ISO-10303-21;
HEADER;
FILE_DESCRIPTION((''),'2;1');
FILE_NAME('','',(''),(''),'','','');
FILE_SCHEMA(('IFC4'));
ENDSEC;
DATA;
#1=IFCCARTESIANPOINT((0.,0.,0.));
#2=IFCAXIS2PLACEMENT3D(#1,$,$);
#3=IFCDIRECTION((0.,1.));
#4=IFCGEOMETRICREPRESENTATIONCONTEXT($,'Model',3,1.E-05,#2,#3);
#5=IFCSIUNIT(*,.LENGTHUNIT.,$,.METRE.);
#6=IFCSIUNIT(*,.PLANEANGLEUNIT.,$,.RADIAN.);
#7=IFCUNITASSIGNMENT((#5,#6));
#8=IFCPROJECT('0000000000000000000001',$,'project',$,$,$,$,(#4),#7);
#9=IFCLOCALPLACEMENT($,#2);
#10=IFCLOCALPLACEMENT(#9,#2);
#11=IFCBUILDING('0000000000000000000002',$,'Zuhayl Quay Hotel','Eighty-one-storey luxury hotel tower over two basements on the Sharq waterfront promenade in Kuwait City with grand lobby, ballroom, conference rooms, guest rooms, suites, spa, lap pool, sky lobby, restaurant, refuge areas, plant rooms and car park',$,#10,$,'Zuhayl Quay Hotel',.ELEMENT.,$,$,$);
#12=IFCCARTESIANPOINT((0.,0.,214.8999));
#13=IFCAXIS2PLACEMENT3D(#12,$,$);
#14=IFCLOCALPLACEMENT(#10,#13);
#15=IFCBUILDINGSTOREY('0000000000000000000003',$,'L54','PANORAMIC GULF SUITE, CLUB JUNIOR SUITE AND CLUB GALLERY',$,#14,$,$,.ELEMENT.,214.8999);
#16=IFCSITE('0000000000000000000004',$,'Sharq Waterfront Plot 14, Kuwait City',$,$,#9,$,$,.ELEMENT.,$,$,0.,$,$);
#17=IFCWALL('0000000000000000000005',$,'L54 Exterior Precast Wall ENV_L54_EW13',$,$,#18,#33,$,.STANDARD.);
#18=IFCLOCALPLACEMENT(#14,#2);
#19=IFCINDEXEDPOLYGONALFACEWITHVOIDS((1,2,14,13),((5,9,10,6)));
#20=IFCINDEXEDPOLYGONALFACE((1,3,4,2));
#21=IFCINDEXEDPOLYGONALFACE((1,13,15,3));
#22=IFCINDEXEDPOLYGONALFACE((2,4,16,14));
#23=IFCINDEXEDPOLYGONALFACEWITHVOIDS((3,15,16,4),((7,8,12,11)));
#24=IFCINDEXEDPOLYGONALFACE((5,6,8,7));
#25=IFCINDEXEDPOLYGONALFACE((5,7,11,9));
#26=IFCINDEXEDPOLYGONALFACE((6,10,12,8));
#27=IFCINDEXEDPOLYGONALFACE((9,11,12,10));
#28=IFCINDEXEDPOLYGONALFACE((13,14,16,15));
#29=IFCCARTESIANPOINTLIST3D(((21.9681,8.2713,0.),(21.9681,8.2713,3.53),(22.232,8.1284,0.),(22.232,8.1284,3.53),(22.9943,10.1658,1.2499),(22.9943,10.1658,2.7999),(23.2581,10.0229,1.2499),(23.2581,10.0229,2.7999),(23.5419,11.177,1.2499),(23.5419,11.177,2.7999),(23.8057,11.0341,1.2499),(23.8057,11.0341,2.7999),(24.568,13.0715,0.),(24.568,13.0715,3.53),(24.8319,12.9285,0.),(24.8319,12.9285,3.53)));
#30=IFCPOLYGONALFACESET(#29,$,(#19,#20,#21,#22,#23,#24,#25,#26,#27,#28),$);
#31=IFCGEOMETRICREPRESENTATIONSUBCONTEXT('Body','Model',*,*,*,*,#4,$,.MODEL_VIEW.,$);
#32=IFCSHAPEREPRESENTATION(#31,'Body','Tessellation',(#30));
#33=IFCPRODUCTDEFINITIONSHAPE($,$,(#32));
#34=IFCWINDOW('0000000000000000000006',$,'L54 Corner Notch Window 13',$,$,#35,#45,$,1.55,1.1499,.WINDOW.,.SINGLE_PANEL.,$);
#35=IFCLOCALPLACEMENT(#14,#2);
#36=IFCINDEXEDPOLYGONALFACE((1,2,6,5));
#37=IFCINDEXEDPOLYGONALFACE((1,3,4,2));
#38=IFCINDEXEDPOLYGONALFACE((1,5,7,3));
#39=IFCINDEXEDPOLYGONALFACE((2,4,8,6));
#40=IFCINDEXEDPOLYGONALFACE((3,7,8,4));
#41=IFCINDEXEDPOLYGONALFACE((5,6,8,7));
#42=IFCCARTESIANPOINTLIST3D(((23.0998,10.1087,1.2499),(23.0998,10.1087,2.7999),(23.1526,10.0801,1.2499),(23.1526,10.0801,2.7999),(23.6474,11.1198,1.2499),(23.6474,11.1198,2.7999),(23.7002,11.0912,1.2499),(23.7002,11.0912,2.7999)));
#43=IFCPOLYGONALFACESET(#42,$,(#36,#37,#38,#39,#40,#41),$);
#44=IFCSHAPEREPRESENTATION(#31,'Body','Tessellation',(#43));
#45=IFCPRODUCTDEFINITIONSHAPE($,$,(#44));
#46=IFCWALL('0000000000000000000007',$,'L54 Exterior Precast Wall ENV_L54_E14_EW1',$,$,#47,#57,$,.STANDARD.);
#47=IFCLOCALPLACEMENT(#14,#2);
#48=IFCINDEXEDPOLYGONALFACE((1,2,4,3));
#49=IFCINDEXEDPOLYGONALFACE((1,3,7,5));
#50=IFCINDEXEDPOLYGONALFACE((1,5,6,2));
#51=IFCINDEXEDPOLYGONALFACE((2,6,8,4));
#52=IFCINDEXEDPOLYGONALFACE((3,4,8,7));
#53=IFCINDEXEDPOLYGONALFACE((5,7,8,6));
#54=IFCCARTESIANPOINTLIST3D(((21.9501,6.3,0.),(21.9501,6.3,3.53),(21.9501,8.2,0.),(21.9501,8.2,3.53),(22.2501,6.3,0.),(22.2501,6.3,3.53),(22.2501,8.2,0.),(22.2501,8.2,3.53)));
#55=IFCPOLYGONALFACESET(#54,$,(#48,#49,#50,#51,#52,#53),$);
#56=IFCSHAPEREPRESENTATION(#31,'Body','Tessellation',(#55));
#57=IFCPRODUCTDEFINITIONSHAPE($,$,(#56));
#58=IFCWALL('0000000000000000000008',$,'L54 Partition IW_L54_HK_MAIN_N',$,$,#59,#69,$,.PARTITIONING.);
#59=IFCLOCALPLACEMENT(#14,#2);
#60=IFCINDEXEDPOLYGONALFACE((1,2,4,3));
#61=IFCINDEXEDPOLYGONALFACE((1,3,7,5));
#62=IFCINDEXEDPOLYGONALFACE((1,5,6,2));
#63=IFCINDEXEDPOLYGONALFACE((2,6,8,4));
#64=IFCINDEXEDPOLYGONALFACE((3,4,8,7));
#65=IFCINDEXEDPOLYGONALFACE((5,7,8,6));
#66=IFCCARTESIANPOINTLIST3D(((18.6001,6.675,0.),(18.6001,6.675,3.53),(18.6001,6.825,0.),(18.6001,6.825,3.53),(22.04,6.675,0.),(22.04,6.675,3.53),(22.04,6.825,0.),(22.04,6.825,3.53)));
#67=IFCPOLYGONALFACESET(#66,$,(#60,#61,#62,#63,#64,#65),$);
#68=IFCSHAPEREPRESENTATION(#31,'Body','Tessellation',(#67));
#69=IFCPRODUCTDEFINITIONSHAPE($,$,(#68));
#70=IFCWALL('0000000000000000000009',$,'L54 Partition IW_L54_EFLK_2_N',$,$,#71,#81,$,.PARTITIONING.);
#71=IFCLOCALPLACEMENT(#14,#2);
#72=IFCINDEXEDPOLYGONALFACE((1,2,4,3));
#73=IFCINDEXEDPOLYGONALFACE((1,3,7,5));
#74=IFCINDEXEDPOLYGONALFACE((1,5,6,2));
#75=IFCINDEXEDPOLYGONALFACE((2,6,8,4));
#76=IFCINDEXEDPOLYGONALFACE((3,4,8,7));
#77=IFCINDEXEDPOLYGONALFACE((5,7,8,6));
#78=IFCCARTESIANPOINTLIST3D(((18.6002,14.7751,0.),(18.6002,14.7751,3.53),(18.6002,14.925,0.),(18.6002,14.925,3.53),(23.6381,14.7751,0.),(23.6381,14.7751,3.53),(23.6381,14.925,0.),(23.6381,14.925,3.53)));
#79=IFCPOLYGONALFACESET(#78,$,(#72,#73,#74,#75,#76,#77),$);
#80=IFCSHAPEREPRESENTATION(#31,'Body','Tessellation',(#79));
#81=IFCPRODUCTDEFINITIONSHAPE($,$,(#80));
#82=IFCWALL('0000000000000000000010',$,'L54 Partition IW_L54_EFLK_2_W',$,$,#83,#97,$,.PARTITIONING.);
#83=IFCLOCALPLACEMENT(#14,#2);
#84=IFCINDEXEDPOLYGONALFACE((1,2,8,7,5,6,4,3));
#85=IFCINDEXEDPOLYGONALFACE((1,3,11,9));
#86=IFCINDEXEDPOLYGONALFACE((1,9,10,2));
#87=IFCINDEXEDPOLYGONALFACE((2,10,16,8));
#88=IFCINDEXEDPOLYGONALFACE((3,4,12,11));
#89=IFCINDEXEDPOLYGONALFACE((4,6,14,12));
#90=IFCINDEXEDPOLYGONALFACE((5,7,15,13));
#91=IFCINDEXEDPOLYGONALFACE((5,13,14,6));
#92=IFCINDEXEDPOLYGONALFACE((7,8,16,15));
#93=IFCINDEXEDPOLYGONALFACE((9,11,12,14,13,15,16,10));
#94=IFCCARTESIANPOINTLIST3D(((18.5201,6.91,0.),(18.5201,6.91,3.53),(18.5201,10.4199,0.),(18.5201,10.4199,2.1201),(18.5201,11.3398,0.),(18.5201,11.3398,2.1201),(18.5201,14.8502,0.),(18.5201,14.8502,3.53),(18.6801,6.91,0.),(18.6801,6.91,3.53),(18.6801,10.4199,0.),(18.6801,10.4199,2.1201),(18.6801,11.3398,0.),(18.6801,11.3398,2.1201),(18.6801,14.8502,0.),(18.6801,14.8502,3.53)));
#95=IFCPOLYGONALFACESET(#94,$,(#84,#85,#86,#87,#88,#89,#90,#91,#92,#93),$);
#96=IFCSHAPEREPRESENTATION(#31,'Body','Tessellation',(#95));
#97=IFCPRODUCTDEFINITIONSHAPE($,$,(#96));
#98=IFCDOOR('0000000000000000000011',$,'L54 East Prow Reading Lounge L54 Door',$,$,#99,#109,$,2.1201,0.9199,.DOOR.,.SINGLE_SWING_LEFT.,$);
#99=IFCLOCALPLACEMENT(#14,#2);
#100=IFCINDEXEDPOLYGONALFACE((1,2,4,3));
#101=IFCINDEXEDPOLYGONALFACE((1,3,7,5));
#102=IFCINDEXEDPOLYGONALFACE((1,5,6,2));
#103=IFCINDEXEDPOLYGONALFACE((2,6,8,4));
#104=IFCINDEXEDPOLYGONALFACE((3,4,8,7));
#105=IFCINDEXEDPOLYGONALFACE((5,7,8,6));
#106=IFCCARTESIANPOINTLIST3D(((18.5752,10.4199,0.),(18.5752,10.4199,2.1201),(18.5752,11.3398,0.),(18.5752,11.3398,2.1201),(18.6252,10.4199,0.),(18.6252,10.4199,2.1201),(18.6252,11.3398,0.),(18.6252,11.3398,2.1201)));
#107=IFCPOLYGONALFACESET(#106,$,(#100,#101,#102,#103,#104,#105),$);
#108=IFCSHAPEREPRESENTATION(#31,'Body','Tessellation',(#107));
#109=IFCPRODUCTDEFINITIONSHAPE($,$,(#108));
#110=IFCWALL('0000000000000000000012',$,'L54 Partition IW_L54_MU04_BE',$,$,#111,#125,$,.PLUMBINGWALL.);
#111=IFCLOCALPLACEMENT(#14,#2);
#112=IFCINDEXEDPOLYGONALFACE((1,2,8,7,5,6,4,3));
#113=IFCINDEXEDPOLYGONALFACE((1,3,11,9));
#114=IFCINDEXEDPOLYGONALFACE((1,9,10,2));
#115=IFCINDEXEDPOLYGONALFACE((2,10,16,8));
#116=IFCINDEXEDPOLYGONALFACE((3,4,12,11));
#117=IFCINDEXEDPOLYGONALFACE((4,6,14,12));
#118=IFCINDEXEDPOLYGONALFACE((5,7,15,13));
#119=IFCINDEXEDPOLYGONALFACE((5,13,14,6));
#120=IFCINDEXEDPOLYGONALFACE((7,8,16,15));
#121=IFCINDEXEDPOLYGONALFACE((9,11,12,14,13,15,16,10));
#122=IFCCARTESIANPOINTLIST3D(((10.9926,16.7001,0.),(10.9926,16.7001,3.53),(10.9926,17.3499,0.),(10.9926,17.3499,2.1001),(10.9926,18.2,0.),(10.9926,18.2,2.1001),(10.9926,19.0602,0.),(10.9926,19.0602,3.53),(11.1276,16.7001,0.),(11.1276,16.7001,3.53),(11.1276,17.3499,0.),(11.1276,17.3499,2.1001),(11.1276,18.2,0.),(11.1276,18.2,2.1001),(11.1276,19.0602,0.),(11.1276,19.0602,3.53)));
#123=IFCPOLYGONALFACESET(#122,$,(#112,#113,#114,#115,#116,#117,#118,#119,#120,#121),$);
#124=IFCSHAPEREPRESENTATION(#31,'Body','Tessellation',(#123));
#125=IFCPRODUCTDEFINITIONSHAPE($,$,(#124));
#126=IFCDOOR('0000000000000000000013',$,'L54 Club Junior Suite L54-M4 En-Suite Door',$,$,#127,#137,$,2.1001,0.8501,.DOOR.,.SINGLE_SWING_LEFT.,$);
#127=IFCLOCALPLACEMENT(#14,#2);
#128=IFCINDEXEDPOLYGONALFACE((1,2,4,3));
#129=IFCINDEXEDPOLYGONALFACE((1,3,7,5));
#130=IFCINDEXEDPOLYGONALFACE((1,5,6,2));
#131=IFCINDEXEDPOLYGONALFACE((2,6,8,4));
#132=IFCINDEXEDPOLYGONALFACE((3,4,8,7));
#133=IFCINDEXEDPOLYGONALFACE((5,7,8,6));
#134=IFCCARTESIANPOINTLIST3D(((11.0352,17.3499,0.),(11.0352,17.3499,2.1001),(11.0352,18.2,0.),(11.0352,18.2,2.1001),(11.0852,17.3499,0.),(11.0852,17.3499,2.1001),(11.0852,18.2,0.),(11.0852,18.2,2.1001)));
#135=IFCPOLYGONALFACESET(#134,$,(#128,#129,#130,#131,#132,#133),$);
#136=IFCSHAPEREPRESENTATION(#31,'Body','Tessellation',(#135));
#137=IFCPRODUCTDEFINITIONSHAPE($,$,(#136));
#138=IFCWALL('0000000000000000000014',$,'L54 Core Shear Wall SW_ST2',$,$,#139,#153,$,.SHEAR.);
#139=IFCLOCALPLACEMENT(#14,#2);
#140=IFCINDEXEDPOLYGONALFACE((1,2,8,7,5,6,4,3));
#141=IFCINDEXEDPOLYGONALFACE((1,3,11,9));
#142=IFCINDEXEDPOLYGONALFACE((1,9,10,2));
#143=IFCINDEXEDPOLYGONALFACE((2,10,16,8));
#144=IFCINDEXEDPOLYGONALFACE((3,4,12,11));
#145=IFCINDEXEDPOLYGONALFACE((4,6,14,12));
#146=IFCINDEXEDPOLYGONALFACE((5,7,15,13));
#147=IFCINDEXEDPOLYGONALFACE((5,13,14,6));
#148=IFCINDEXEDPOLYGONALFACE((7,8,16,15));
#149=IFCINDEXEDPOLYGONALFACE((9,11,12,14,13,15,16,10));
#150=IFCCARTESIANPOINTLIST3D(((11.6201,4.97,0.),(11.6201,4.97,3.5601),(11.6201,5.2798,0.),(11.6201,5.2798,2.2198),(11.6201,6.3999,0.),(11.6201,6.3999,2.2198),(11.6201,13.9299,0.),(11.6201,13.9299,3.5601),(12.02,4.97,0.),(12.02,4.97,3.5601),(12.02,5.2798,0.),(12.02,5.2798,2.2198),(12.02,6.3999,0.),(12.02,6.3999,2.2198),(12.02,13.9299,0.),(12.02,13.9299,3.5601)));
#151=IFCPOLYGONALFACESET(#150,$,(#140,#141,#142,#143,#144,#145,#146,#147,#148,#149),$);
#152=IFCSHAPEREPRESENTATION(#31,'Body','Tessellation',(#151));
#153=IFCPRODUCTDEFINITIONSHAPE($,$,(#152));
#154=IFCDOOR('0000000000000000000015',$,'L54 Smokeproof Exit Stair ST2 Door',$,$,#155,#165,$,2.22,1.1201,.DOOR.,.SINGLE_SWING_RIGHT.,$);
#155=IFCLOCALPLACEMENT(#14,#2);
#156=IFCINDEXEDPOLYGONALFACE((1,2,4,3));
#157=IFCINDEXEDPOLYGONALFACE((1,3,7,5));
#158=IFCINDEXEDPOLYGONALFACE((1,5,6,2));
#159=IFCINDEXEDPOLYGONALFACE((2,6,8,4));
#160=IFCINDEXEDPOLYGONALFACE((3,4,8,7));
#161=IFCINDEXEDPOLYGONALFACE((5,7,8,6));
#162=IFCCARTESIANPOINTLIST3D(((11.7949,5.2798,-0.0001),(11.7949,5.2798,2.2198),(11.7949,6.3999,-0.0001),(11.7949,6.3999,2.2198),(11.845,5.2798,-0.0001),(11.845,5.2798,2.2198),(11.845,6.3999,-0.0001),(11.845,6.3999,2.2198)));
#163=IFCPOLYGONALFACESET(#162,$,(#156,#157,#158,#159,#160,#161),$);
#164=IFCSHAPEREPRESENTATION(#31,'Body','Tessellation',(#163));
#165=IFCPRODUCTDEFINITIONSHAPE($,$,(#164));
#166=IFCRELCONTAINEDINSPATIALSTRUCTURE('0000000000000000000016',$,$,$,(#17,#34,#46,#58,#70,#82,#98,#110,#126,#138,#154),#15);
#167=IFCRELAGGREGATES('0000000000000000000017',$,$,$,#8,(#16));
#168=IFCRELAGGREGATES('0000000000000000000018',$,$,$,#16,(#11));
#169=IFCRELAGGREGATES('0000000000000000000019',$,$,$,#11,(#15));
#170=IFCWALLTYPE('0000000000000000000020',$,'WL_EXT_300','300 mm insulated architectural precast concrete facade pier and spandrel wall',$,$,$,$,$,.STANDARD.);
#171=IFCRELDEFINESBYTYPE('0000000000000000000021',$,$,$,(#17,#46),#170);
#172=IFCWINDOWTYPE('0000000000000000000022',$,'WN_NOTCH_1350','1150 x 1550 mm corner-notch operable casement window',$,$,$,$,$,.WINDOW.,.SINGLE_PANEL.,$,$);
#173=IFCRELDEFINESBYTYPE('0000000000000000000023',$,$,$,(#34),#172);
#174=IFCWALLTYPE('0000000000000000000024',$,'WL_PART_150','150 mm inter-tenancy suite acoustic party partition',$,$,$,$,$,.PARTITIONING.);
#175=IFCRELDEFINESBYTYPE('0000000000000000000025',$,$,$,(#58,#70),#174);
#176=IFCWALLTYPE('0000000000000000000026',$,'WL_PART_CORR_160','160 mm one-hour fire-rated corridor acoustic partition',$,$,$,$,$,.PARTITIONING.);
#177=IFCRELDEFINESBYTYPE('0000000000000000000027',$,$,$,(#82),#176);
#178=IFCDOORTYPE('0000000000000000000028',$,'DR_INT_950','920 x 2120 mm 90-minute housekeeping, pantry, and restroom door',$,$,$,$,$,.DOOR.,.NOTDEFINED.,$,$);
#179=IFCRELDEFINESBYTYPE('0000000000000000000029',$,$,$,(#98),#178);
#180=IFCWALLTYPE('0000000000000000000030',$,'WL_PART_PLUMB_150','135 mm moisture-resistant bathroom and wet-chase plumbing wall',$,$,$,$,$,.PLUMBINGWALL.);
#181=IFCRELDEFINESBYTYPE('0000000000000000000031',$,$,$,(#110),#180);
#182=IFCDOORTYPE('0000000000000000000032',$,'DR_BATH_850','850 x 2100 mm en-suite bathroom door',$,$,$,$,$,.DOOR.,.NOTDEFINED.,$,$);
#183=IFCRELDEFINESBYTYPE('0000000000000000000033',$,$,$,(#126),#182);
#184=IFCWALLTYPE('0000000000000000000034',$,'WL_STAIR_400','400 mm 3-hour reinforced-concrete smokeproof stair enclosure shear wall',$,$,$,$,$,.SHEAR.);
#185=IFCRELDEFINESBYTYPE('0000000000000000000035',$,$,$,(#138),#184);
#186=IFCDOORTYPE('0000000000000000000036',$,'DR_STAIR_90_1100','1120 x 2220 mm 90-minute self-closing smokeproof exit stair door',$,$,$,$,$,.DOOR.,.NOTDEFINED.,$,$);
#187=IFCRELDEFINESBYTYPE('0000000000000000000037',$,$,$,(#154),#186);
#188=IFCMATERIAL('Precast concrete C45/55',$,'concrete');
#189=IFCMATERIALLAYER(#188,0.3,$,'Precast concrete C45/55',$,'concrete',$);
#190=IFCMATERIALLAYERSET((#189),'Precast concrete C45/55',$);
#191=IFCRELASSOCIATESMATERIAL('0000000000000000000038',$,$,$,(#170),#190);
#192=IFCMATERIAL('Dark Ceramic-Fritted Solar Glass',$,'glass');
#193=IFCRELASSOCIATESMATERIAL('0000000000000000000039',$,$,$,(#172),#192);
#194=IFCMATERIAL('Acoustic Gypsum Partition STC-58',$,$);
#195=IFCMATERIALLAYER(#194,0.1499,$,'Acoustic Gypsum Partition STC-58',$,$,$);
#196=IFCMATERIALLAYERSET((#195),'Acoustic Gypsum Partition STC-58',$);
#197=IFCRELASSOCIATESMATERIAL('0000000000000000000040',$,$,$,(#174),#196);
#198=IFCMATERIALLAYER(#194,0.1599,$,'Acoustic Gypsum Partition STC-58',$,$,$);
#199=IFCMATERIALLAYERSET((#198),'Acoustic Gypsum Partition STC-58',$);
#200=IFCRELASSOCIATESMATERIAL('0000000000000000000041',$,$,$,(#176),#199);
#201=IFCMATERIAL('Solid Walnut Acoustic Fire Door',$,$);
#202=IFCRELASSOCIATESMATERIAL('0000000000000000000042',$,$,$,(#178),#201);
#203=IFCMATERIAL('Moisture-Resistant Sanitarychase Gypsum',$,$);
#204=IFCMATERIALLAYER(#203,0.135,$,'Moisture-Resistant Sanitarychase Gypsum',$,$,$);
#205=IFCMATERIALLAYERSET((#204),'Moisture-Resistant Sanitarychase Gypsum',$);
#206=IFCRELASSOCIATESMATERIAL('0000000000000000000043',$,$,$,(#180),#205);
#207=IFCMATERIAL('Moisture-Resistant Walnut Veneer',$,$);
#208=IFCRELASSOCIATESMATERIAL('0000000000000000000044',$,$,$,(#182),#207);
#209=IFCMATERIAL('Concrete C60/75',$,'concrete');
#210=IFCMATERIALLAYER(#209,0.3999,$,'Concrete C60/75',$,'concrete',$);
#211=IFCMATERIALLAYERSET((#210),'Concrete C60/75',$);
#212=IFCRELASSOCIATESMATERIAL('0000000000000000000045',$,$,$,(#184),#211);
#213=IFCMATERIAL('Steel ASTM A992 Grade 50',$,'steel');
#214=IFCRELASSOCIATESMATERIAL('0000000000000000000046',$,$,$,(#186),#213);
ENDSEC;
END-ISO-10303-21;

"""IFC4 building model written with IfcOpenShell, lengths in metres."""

from ifc_helpers import new_model, si_unit, direction, frame, frame_2d, origin, place, context, subcontext, project, spatial, rectangle, extrude, material, layer, layer_set, type_object, element, fill, save


model = new_model("IFC4")

# Units and contexts
model_context = context("Model", 3, precision=1e-05, world=origin(), true_north=direction((0.0, 1.0)))
body_context = subcontext(model_context, "Body", "Model", "MODEL_VIEW")
ifc_project = project(units=[si_unit("LENGTHUNIT", "METRE"), si_unit("PLANEANGLEUNIT", "RADIAN")], contexts=[model_context])

# Site, building, storey
site_placement = place(None, origin())
site = spatial("IfcSite", under=ifc_project, at=site_placement, Name="Sharq Waterfront Plot 14, Kuwait City", CompositionType="ELEMENT", RefElevation=0.0)
building_placement = place(site_placement, origin())
building = spatial("IfcBuilding", under=site, at=building_placement, Name="Zuhayl Quay Hotel", Description="Eighty-one-storey luxury hotel tower over two basements on the Sharq waterfront promenade in Kuwait City with grand lobby, ballroom, conference rooms, guest rooms, suites, spa, lap pool, sky lobby, restaurant, refuge areas, plant rooms and car park", LongName="Zuhayl Quay Hotel", CompositionType="ELEMENT")
storey_placement = place(building_placement, frame((0.0, 0.0, 214.8999)))
storey = spatial("IfcBuildingStorey", under=building, at=storey_placement, Name="L54", Description="PANORAMIC GULF SUITE, CLUB JUNIOR SUITE AND CLUB GALLERY", CompositionType="ELEMENT", Elevation=214.8999)

# Shared definitions
ifc_material_1 = material(Name="Concrete C60/75", Category="concrete")

# Shared definitions
ifc_material_2 = material(Name="Steel ASTM A992 Grade 50", Category="steel")

# Wall, opening, window
ifc_material_3 = material(Name="Precast concrete C45/55", Category="concrete")
ifc_layer_1 = layer(ifc_material_3, 0.3, Name="Precast concrete C45/55", Category="concrete")
ifc_layer_set_1 = layer_set([ifc_layer_1], Name="Precast concrete C45/55")
wall_type_1 = type_object("IfcWallType", Name="WL_EXT_300", Description="300 mm insulated architectural precast concrete facade pier and spandrel wall", PredefinedType="STANDARD", material=ifc_layer_set_1)
ifc_material_4 = material(Name="Dark Ceramic-Fritted Solar Glass", Category="glass")
window_type = type_object("IfcWindowType", Name="WN_NOTCH_1350", Description="1150 x 1550 mm corner-notch operable casement window", PartitioningType="SINGLE_PANEL", PredefinedType="WINDOW", material=ifc_material_4)
wall_1_placement = place(storey_placement, frame((24.7, 13.0, 0.0), z_axis=(0.0, 0.0, 1.0), x_axis=(-0.476259, -0.879305, 0.0)))
wall_1 = element("IfcWall", 1, at=wall_1_placement, inside=storey, type_object=wall_type_1, Name="L54 Exterior Precast Wall ENV_L54_EW13", PredefinedType="STANDARD", context=body_context, shape_type="SweptSolid", body=[
    extrude(rectangle(XDim=5.459, YDim=0.3, at=frame_2d((2.7295, 0.0))), origin(), (0.0, 0.0, 1.0), 3.53),
])
opening_1_placement = place(wall_1_placement, frame((2.1545, 0.0, 1.25)))
opening_1 = element("IfcOpeningElement", 2, at=opening_1_placement, cuts=wall_1, PredefinedType="OPENING", context=body_context, shape_type="SweptSolid", body=[
    extrude(rectangle(XDim=1.1499, YDim=1.55, at=frame_2d((0.575, 0.7749))), frame((0.0, 0.1599, 0.0), z_axis=(0.0, -1.0, 0.0), x_axis=(1.0, 0.0, 0.0)), (0.0, 0.0, 1.0), 0.3201),
])
window_1_placement = place(opening_1_placement, origin())
window_1 = element("IfcWindow", 3, at=window_1_placement, inside=storey, type_object=window_type, Name="L54 Corner Notch Window 13", OverallHeight=1.55, OverallWidth=1.1499, PartitioningType="SINGLE_PANEL", PredefinedType="WINDOW", context=body_context, shape_type="SweptSolid", body=[
    extrude(rectangle(XDim=1.1499, YDim=1.55, at=frame_2d((0.575, 0.7749))), frame((0.0, 0.03, 0.0), z_axis=(0.0, -1.0, 0.0), x_axis=(1.0, 0.0, 0.0)), (0.0, 0.0, 1.0), 0.0601),
])
fill(opening_1, window_1)

# Walls
wall_2_placement = place(storey_placement, frame((22.1001, 8.2, 0.0), z_axis=(0.0, 0.0, 1.0), x_axis=(0.0, -1.0, 0.0)))
element("IfcWall", 4, at=wall_2_placement, inside=storey, type_object=wall_type_1, Name="L54 Exterior Precast Wall ENV_L54_E14_EW1", PredefinedType="STANDARD", context=body_context, shape_type="SweptSolid", body=[
    extrude(rectangle(XDim=1.8999, YDim=0.3, at=frame_2d((0.95, 0.0))), origin(), (0.0, 0.0, 1.0), 3.53),
])
ifc_material_5 = material(Name="Acoustic Gypsum Partition STC-58")
ifc_layer_2 = layer(ifc_material_5, 0.1499, Name="Acoustic Gypsum Partition STC-58")
ifc_layer_set_2 = layer_set([ifc_layer_2], Name="Acoustic Gypsum Partition STC-58")
wall_type_2 = type_object("IfcWallType", Name="WL_PART_150", Description="150 mm inter-tenancy suite acoustic party partition", PredefinedType="PARTITIONING", material=ifc_layer_set_2)
wall_3_placement = place(storey_placement, frame((18.6001, 6.75, 0.0), z_axis=(0.0, 0.0, 1.0), x_axis=(1.0, 0.0, 0.0)))
element("IfcWall", 5, at=wall_3_placement, inside=storey, type_object=wall_type_2, Name="L54 Partition IW_L54_HK_MAIN_N", PredefinedType="PARTITIONING", context=body_context, shape_type="SweptSolid", body=[
    extrude(rectangle(XDim=3.4399, YDim=0.1499, at=frame_2d((1.72, 0.0))), origin(), (0.0, 0.0, 1.0), 3.53),
])
wall_4_placement = place(storey_placement, frame((18.6001, 14.8501, 0.0), z_axis=(0.0, 0.0, 1.0), x_axis=(1.0, 0.0, 0.0)))
element("IfcWall", 6, at=wall_4_placement, inside=storey, type_object=wall_type_2, Name="L54 Partition IW_L54_EFLK_2_N", PredefinedType="PARTITIONING", context=body_context, shape_type="SweptSolid", body=[
    extrude(rectangle(XDim=5.0378, YDim=0.1499, at=frame_2d((2.519, 0.0))), origin(), (0.0, 0.0, 1.0), 3.53),
])

# Walls, openings, doors
ifc_layer_3 = layer(ifc_material_5, 0.1599, Name="Acoustic Gypsum Partition STC-58")
ifc_layer_set_3 = layer_set([ifc_layer_3], Name="Acoustic Gypsum Partition STC-58")
wall_type_3 = type_object("IfcWallType", Name="WL_PART_CORR_160", Description="160 mm one-hour fire-rated corridor acoustic partition", PredefinedType="PARTITIONING", material=ifc_layer_set_3)
wall_5_placement = place(storey_placement, frame((18.6001, 6.9099, 0.0), z_axis=(0.0, 0.0, 1.0), x_axis=(0.0, 1.0, 0.0)))
wall_5 = element("IfcWall", 7, at=wall_5_placement, inside=storey, type_object=wall_type_3, Name="L54 Partition IW_L54_EFLK_2_W", PredefinedType="PARTITIONING", context=body_context, shape_type="SweptSolid", body=[
    extrude(rectangle(XDim=7.9402, YDim=0.1599, at=frame_2d((3.9702, 0.0))), origin(), (0.0, 0.0, 1.0), 3.53),
])
opening_2_placement = place(wall_5_placement, frame((3.51, 0.0, 0.0)))
opening_2 = element("IfcOpeningElement", 8, at=opening_2_placement, cuts=wall_5, PredefinedType="OPENING", context=body_context, shape_type="SweptSolid", body=[
    extrude(rectangle(XDim=0.9199, YDim=2.1201, at=frame_2d((0.46, 1.0601))), frame((0.0, 0.0898, 0.0), z_axis=(0.0, -1.0, 0.0), x_axis=(1.0, 0.0, 0.0)), (0.0, 0.0, 1.0), 0.1799),
])
ifc_material_6 = material(Name="Solid Walnut Acoustic Fire Door")
door_type_1 = type_object("IfcDoorType", Name="DR_INT_950", Description="920 x 2120 mm 90-minute housekeeping, pantry, and restroom door", OperationType="NOTDEFINED", PredefinedType="DOOR", material=ifc_material_6)
door_1_placement = place(opening_2_placement, origin())
door_1 = element("IfcDoor", 9, at=door_1_placement, inside=storey, type_object=door_type_1, Name="L54 East Prow Reading Lounge L54 Door", OperationType="SINGLE_SWING_LEFT", OverallHeight=2.1201, OverallWidth=0.9199, PredefinedType="DOOR", context=body_context, shape_type="SweptSolid", body=[
    extrude(rectangle(XDim=0.9199, YDim=2.1201, at=frame_2d((0.46, 1.0601))), frame((0.0, 0.0249, 0.0), z_axis=(0.0, -1.0, 0.0), x_axis=(1.0, 0.0, 0.0)), (0.0, 0.0, 1.0), 0.05),
])
fill(opening_2, door_1)
ifc_material_7 = material(Name="Moisture-Resistant Sanitarychase Gypsum")
ifc_layer_4 = layer(ifc_material_7, 0.135, Name="Moisture-Resistant Sanitarychase Gypsum")
ifc_layer_set_4 = layer_set([ifc_layer_4], Name="Moisture-Resistant Sanitarychase Gypsum")
wall_type_4 = type_object("IfcWallType", Name="WL_PART_PLUMB_150", Description="135 mm moisture-resistant bathroom and wet-chase plumbing wall", PredefinedType="PLUMBINGWALL", material=ifc_layer_set_4)
wall_6_placement = place(storey_placement, frame((11.0601, 16.7, 0.0), z_axis=(0.0, 0.0, 1.0), x_axis=(0.0, 1.0, 0.0)))
wall_6 = element("IfcWall", 10, at=wall_6_placement, inside=storey, type_object=wall_type_4, Name="L54 Partition IW_L54_MU04_BE", PredefinedType="PLUMBINGWALL", context=body_context, shape_type="SweptSolid", body=[
    extrude(rectangle(XDim=2.3601, YDim=0.135, at=frame_2d((1.1802, 0.0))), origin(), (0.0, 0.0, 1.0), 3.53),
])
opening_3_placement = place(wall_6_placement, frame((0.6499, 0.0, 0.0)))
opening_3 = element("IfcOpeningElement", 11, at=opening_3_placement, cuts=wall_6, PredefinedType="OPENING", context=body_context, shape_type="SweptSolid", body=[
    extrude(rectangle(XDim=0.8501, YDim=2.1001, at=frame_2d((0.425, 1.05))), frame((0.0, 0.0774, 0.0), z_axis=(0.0, -1.0, 0.0), x_axis=(1.0, 0.0, 0.0)), (0.0, 0.0, 1.0), 0.155),
])
ifc_material_8 = material(Name="Moisture-Resistant Walnut Veneer")
door_type_2 = type_object("IfcDoorType", Name="DR_BATH_850", Description="850 x 2100 mm en-suite bathroom door", OperationType="NOTDEFINED", PredefinedType="DOOR", material=ifc_material_8)
door_2_placement = place(opening_3_placement, origin())
door_2 = element("IfcDoor", 12, at=door_2_placement, inside=storey, type_object=door_type_2, Name="L54 Club Junior Suite L54-M4 En-Suite Door", OperationType="SINGLE_SWING_LEFT", OverallHeight=2.1001, OverallWidth=0.8501, PredefinedType="DOOR", context=body_context, shape_type="SweptSolid", body=[
    extrude(rectangle(XDim=0.8501, YDim=2.1001, at=frame_2d((0.425, 1.05))), frame((0.0, 0.0249, 0.0), z_axis=(0.0, -1.0, 0.0), x_axis=(1.0, 0.0, 0.0)), (0.0, 0.0, 1.0), 0.05),
])
fill(opening_3, door_2)
ifc_layer_5 = layer(ifc_material_1, 0.3999, Name="Concrete C60/75", Category="concrete")
ifc_layer_set_5 = layer_set([ifc_layer_5], Name="Concrete C60/75")
wall_type_5 = type_object("IfcWallType", Name="WL_STAIR_400", Description="400 mm 3-hour reinforced-concrete smokeproof stair enclosure shear wall", PredefinedType="SHEAR", material=ifc_layer_set_5)
wall_7_placement = place(storey_placement, frame((11.8201, 13.9299, 0.0), z_axis=(0.0, 0.0, 1.0), x_axis=(0.0, -1.0, 0.0)))
wall_7 = element("IfcWall", 13, at=wall_7_placement, inside=storey, type_object=wall_type_5, Name="L54 Core Shear Wall SW_ST2", PredefinedType="SHEAR", context=body_context, shape_type="SweptSolid", body=[
    extrude(rectangle(XDim=8.96, YDim=0.3999, at=frame_2d((4.48, 0.0))), origin(), (0.0, 0.0, 1.0), 3.5601),
])
opening_4_placement = place(wall_7_placement, frame((7.53, 0.0, 0.0)))
opening_4 = element("IfcOpeningElement", 14, at=opening_4_placement, cuts=wall_7, PredefinedType="OPENING", context=body_context, shape_type="SweptSolid", body=[
    extrude(rectangle(XDim=1.1201, YDim=2.22, at=frame_2d((0.5601, 1.1099))), frame((0.0, 0.21, 0.0), z_axis=(0.0, -1.0, 0.0), x_axis=(1.0, 0.0, 0.0)), (0.0, 0.0, 1.0), 0.4199),
])
door_type_3 = type_object("IfcDoorType", Name="DR_STAIR_90_1100", Description="1120 x 2220 mm 90-minute self-closing smokeproof exit stair door", OperationType="NOTDEFINED", PredefinedType="DOOR", material=ifc_material_2)
door_3_placement = place(opening_4_placement, origin())
door_3 = element("IfcDoor", 15, at=door_3_placement, inside=storey, type_object=door_type_3, Name="L54 Smokeproof Exit Stair ST2 Door", OperationType="SINGLE_SWING_RIGHT", OverallHeight=2.22, OverallWidth=1.1201, PredefinedType="DOOR", context=body_context, shape_type="SweptSolid", body=[
    extrude(rectangle(XDim=1.1201, YDim=2.22, at=frame_2d((0.5601, 1.1099))), frame((0.0, 0.0249, 0.0), z_axis=(0.0, -1.0, 0.0), x_axis=(1.0, 0.0, 0.0)), (0.0, 0.0, 1.0), 0.05),
])
fill(opening_4, door_3)

save(model, "model.ifc")
